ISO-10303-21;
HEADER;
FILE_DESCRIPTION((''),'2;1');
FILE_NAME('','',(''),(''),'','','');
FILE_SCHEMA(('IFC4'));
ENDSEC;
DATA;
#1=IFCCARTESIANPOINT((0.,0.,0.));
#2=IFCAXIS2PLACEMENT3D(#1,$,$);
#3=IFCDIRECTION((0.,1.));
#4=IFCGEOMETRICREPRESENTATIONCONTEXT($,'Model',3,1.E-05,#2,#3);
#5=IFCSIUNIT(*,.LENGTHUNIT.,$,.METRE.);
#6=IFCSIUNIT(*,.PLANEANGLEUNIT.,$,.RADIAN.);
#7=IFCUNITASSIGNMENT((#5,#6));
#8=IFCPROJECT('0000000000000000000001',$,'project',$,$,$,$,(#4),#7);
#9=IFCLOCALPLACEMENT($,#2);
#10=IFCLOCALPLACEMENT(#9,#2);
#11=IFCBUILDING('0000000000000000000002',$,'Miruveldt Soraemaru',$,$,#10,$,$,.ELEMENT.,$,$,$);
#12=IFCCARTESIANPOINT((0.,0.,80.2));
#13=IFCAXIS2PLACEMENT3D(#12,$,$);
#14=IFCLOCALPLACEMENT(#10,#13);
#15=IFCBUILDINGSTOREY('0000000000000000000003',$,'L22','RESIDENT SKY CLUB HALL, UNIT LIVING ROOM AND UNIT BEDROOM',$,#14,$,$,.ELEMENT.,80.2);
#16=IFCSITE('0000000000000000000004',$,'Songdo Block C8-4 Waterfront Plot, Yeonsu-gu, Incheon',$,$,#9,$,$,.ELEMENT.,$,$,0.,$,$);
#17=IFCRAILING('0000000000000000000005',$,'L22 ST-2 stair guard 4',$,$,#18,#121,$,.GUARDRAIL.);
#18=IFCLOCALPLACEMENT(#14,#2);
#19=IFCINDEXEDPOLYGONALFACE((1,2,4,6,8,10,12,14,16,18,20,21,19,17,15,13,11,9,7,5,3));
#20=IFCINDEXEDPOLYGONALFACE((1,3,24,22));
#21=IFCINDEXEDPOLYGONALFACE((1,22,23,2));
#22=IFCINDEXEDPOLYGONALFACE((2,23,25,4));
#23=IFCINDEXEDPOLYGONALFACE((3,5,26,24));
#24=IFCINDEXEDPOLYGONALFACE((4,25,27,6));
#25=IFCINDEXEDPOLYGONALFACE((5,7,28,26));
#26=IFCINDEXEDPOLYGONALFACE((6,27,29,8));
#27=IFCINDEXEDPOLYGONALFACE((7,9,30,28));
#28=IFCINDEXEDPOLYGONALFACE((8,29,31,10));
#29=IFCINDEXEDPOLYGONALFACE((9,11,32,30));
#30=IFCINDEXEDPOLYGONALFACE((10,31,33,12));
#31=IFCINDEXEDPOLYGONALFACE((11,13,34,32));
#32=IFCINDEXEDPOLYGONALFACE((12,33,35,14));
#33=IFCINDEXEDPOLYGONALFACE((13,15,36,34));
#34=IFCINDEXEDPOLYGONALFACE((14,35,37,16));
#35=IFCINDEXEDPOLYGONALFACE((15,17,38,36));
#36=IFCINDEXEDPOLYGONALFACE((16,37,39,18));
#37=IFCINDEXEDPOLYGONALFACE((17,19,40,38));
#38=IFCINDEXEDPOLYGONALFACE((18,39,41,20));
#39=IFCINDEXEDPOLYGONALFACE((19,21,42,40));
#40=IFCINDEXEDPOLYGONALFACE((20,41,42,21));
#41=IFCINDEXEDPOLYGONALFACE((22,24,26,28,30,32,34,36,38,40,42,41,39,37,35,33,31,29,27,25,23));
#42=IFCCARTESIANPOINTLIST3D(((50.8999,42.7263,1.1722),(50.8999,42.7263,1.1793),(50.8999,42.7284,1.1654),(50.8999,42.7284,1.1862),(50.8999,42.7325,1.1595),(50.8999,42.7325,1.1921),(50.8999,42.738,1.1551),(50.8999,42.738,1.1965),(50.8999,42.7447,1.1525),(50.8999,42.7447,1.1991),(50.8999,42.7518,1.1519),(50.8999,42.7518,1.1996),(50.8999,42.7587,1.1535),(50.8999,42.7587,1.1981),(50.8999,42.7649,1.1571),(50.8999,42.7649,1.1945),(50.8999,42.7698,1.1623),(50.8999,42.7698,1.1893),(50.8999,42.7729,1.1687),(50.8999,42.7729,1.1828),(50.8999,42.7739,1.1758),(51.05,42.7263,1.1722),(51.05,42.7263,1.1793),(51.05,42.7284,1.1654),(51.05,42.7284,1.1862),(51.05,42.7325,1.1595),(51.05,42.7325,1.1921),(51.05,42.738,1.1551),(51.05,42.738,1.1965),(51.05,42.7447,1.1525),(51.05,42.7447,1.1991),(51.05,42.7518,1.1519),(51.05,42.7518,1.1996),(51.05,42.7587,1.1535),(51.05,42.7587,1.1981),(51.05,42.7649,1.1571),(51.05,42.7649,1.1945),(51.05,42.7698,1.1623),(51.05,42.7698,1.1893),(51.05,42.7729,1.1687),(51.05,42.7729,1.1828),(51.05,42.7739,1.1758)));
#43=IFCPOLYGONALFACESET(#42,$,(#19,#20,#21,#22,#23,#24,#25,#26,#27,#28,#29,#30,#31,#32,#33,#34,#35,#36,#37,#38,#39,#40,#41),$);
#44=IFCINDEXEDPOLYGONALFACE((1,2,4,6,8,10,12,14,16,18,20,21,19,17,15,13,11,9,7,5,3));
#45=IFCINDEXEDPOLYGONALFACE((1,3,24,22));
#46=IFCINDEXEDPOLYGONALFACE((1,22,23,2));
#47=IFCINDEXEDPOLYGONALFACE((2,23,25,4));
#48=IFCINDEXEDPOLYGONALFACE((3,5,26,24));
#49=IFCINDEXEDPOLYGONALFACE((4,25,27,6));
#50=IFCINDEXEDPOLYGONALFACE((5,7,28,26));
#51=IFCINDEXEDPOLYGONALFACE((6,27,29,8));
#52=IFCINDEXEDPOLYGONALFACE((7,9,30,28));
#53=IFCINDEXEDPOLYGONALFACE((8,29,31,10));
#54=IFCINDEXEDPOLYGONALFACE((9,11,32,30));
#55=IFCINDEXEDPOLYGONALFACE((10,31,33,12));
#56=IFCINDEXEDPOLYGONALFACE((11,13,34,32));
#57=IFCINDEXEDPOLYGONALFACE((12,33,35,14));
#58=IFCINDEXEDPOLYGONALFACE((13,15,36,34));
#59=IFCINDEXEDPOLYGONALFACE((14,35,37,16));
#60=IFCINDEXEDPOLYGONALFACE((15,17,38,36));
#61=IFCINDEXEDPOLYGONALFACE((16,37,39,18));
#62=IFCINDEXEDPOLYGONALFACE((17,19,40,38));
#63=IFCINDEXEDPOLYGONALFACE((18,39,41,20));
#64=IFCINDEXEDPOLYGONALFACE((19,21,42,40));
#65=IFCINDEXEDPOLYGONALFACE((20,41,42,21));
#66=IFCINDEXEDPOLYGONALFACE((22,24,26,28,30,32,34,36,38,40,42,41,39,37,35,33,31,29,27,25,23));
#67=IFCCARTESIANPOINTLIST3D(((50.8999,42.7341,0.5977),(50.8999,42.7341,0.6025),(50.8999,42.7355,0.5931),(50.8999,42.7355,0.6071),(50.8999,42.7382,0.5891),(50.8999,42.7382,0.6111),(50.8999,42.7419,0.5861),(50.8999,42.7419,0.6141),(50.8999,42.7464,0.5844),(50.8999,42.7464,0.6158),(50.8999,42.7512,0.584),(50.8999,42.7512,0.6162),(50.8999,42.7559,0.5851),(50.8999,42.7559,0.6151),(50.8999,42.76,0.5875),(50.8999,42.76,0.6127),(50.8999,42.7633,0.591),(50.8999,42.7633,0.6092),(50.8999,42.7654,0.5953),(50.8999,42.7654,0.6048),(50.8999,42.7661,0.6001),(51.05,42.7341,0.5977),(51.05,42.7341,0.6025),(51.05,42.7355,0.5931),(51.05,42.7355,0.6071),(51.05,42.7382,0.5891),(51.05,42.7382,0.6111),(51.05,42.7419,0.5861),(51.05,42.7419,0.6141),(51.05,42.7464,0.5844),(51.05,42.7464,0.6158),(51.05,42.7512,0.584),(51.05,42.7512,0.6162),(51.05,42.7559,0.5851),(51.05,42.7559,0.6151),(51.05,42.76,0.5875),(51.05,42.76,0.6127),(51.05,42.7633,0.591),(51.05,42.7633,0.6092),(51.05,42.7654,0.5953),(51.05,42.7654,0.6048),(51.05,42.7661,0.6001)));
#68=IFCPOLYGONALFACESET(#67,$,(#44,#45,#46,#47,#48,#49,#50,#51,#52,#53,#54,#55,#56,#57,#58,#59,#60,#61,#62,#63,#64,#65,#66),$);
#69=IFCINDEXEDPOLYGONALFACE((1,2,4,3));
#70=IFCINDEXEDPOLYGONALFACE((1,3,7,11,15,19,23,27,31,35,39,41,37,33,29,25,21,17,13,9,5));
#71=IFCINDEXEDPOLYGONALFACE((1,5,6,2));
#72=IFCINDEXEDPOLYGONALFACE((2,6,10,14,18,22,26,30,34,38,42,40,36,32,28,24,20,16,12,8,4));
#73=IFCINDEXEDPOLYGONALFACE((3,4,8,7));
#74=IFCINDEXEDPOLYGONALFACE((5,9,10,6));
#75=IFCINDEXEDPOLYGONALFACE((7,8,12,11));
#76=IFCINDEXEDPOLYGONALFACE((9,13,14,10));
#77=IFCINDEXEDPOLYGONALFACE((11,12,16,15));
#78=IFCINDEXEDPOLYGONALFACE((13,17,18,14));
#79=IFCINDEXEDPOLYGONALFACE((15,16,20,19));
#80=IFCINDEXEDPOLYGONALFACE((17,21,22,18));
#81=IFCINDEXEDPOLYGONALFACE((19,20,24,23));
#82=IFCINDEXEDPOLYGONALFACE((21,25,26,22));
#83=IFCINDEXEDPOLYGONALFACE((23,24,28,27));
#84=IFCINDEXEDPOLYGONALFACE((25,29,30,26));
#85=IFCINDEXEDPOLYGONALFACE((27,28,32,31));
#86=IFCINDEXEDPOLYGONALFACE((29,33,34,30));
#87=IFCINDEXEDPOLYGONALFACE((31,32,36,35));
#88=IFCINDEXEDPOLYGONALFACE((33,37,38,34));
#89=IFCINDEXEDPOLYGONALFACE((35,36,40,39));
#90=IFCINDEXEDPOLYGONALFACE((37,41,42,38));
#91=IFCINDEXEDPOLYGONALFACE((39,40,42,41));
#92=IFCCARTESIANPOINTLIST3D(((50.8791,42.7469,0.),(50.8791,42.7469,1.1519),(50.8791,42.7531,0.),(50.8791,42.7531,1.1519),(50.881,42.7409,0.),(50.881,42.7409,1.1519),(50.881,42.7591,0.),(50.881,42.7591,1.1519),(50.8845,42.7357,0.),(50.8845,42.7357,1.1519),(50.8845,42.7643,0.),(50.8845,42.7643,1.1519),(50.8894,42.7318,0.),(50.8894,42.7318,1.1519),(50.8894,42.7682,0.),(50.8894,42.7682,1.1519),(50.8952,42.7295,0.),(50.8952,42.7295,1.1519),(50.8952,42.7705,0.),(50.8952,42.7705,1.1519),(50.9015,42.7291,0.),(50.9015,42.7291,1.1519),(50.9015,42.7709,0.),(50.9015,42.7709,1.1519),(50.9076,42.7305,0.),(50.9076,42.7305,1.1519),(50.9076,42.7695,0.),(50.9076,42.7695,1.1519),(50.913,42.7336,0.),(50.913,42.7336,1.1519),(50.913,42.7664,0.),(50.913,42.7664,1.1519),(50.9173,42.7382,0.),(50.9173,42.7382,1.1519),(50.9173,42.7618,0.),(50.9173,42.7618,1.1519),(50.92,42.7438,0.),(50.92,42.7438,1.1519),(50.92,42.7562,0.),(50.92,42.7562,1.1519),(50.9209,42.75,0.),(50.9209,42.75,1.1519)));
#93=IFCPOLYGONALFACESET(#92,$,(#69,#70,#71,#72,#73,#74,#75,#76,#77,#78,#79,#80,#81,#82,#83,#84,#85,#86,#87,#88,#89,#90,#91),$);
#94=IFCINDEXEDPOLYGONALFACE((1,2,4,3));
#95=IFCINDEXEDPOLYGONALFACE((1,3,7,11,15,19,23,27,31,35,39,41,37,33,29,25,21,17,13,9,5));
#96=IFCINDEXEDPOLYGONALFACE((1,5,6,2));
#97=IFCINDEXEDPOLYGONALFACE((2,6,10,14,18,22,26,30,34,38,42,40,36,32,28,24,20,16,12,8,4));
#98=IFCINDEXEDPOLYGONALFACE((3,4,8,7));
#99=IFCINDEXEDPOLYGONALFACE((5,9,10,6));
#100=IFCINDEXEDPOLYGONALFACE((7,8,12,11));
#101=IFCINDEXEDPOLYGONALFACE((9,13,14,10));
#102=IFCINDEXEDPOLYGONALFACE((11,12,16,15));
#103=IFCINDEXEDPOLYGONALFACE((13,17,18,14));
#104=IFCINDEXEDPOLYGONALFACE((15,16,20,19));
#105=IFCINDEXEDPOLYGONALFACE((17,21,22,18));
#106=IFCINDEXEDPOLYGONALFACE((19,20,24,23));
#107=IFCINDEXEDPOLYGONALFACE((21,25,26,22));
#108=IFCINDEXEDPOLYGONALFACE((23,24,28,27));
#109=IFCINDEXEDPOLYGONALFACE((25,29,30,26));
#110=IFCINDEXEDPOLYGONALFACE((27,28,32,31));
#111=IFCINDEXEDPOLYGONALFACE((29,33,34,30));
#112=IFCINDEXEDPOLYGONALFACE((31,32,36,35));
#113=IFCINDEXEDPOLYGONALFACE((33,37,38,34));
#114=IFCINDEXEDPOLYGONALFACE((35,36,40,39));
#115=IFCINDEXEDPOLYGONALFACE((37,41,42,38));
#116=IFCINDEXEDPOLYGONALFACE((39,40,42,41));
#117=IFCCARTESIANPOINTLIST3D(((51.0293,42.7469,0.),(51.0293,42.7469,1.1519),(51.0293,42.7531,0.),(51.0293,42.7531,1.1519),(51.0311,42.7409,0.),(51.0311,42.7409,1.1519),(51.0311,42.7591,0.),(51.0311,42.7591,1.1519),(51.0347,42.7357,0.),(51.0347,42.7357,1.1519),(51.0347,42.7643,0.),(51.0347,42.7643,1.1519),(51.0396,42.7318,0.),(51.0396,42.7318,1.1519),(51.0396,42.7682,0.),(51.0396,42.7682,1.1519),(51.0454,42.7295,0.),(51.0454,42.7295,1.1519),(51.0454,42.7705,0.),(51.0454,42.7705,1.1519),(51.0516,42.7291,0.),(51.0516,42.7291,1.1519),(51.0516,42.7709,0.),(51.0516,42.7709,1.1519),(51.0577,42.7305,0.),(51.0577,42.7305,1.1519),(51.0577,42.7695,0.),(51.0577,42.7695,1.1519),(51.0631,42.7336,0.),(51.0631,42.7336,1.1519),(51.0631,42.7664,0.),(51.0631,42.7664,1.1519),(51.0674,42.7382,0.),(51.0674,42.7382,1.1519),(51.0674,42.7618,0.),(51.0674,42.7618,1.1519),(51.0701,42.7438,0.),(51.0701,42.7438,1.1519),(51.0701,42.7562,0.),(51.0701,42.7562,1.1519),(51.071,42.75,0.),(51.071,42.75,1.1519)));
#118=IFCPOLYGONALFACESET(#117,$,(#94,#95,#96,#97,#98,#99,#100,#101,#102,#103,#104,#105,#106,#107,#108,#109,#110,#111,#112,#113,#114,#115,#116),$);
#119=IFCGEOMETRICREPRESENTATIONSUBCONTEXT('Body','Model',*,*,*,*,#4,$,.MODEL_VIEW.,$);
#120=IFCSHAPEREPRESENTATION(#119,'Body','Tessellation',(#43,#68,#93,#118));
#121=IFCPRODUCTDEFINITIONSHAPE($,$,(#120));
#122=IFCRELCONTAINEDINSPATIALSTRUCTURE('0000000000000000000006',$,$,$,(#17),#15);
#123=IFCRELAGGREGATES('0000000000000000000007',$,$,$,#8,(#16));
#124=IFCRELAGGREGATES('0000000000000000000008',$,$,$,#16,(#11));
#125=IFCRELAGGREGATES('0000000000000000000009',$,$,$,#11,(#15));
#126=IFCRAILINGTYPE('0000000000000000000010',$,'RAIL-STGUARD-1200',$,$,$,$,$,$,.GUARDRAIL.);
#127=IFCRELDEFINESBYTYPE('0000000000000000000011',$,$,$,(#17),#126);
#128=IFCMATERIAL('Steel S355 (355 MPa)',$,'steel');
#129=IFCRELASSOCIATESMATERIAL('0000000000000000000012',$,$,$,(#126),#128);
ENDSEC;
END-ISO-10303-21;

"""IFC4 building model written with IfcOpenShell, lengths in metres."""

from ifc_helpers import new_model, si_unit, direction, frame, origin, origin_2d, place, context, subcontext, project, spatial, circle, extrude, material, type_object, element, save


model = new_model("IFC4")

# Units and contexts
model_context = context("Model", 3, precision=1e-05, world=origin(), true_north=direction((0.0, 1.0)))
body_context = subcontext(model_context, "Body", "Model", "MODEL_VIEW")
ifc_project = project(units=[si_unit("LENGTHUNIT", "METRE"), si_unit("PLANEANGLEUNIT", "RADIAN")], contexts=[model_context])

# Site, building, storey
site_placement = place(None, origin())
site = spatial("IfcSite", under=ifc_project, at=site_placement, Name="Songdo Block C8-4 Waterfront Plot, Yeonsu-gu, Incheon", CompositionType="ELEMENT", RefElevation=0.0)
building_placement = place(site_placement, origin())
building = spatial("IfcBuilding", under=site, at=building_placement, Name="Miruveldt Soraemaru", CompositionType="ELEMENT")
storey_placement = place(building_placement, frame((0.0, 0.0, 80.2)))
storey = spatial("IfcBuildingStorey", under=building, at=storey_placement, Name="L22", Description="RESIDENT SKY CLUB HALL, UNIT LIVING ROOM AND UNIT BEDROOM", CompositionType="ELEMENT", Elevation=80.2)

# Railing
ifc_material_1 = material(Name="Steel S355 (355 MPa)", Category="steel")
railing_type_1 = type_object("IfcRailingType", Name="RAIL-STGUARD-1200", PredefinedType="GUARDRAIL", material=ifc_material_1)
railing_1_placement = place(storey_placement, frame((50.8999, 42.75, 0.0)))
element("IfcRailing", 1, at=railing_1_placement, inside=storey, type_object=railing_type_1, Name="L22 ST-2 stair guard 4", PredefinedType="GUARDRAIL", context=body_context, shape_type="SweptSolid", body=[
    extrude(circle(Radius=0.0239, at=origin_2d()), frame((0.0, 0.0, 1.1758), z_axis=(1.0, 0.0, 0.0), x_axis=(0.0, 1.0, 0.0)), (0.0, 0.0, 1.0), 0.1501),
    extrude(circle(Radius=0.0161, at=origin_2d()), frame((0.0, 0.0, 0.6001), z_axis=(1.0, 0.0, 0.0), x_axis=(0.0, 1.0, 0.0)), (0.0, 0.0, 1.0), 0.1501),
    extrude(circle(Radius=0.021, at=origin_2d()), origin(), (0.0, 0.0, 1.0), 1.1519),
    extrude(circle(Radius=0.021, at=origin_2d()), frame((0.1501, 0.0, 0.0)), (0.0, 0.0, 1.0), 1.1519),
])

save(model, "model.ifc")
